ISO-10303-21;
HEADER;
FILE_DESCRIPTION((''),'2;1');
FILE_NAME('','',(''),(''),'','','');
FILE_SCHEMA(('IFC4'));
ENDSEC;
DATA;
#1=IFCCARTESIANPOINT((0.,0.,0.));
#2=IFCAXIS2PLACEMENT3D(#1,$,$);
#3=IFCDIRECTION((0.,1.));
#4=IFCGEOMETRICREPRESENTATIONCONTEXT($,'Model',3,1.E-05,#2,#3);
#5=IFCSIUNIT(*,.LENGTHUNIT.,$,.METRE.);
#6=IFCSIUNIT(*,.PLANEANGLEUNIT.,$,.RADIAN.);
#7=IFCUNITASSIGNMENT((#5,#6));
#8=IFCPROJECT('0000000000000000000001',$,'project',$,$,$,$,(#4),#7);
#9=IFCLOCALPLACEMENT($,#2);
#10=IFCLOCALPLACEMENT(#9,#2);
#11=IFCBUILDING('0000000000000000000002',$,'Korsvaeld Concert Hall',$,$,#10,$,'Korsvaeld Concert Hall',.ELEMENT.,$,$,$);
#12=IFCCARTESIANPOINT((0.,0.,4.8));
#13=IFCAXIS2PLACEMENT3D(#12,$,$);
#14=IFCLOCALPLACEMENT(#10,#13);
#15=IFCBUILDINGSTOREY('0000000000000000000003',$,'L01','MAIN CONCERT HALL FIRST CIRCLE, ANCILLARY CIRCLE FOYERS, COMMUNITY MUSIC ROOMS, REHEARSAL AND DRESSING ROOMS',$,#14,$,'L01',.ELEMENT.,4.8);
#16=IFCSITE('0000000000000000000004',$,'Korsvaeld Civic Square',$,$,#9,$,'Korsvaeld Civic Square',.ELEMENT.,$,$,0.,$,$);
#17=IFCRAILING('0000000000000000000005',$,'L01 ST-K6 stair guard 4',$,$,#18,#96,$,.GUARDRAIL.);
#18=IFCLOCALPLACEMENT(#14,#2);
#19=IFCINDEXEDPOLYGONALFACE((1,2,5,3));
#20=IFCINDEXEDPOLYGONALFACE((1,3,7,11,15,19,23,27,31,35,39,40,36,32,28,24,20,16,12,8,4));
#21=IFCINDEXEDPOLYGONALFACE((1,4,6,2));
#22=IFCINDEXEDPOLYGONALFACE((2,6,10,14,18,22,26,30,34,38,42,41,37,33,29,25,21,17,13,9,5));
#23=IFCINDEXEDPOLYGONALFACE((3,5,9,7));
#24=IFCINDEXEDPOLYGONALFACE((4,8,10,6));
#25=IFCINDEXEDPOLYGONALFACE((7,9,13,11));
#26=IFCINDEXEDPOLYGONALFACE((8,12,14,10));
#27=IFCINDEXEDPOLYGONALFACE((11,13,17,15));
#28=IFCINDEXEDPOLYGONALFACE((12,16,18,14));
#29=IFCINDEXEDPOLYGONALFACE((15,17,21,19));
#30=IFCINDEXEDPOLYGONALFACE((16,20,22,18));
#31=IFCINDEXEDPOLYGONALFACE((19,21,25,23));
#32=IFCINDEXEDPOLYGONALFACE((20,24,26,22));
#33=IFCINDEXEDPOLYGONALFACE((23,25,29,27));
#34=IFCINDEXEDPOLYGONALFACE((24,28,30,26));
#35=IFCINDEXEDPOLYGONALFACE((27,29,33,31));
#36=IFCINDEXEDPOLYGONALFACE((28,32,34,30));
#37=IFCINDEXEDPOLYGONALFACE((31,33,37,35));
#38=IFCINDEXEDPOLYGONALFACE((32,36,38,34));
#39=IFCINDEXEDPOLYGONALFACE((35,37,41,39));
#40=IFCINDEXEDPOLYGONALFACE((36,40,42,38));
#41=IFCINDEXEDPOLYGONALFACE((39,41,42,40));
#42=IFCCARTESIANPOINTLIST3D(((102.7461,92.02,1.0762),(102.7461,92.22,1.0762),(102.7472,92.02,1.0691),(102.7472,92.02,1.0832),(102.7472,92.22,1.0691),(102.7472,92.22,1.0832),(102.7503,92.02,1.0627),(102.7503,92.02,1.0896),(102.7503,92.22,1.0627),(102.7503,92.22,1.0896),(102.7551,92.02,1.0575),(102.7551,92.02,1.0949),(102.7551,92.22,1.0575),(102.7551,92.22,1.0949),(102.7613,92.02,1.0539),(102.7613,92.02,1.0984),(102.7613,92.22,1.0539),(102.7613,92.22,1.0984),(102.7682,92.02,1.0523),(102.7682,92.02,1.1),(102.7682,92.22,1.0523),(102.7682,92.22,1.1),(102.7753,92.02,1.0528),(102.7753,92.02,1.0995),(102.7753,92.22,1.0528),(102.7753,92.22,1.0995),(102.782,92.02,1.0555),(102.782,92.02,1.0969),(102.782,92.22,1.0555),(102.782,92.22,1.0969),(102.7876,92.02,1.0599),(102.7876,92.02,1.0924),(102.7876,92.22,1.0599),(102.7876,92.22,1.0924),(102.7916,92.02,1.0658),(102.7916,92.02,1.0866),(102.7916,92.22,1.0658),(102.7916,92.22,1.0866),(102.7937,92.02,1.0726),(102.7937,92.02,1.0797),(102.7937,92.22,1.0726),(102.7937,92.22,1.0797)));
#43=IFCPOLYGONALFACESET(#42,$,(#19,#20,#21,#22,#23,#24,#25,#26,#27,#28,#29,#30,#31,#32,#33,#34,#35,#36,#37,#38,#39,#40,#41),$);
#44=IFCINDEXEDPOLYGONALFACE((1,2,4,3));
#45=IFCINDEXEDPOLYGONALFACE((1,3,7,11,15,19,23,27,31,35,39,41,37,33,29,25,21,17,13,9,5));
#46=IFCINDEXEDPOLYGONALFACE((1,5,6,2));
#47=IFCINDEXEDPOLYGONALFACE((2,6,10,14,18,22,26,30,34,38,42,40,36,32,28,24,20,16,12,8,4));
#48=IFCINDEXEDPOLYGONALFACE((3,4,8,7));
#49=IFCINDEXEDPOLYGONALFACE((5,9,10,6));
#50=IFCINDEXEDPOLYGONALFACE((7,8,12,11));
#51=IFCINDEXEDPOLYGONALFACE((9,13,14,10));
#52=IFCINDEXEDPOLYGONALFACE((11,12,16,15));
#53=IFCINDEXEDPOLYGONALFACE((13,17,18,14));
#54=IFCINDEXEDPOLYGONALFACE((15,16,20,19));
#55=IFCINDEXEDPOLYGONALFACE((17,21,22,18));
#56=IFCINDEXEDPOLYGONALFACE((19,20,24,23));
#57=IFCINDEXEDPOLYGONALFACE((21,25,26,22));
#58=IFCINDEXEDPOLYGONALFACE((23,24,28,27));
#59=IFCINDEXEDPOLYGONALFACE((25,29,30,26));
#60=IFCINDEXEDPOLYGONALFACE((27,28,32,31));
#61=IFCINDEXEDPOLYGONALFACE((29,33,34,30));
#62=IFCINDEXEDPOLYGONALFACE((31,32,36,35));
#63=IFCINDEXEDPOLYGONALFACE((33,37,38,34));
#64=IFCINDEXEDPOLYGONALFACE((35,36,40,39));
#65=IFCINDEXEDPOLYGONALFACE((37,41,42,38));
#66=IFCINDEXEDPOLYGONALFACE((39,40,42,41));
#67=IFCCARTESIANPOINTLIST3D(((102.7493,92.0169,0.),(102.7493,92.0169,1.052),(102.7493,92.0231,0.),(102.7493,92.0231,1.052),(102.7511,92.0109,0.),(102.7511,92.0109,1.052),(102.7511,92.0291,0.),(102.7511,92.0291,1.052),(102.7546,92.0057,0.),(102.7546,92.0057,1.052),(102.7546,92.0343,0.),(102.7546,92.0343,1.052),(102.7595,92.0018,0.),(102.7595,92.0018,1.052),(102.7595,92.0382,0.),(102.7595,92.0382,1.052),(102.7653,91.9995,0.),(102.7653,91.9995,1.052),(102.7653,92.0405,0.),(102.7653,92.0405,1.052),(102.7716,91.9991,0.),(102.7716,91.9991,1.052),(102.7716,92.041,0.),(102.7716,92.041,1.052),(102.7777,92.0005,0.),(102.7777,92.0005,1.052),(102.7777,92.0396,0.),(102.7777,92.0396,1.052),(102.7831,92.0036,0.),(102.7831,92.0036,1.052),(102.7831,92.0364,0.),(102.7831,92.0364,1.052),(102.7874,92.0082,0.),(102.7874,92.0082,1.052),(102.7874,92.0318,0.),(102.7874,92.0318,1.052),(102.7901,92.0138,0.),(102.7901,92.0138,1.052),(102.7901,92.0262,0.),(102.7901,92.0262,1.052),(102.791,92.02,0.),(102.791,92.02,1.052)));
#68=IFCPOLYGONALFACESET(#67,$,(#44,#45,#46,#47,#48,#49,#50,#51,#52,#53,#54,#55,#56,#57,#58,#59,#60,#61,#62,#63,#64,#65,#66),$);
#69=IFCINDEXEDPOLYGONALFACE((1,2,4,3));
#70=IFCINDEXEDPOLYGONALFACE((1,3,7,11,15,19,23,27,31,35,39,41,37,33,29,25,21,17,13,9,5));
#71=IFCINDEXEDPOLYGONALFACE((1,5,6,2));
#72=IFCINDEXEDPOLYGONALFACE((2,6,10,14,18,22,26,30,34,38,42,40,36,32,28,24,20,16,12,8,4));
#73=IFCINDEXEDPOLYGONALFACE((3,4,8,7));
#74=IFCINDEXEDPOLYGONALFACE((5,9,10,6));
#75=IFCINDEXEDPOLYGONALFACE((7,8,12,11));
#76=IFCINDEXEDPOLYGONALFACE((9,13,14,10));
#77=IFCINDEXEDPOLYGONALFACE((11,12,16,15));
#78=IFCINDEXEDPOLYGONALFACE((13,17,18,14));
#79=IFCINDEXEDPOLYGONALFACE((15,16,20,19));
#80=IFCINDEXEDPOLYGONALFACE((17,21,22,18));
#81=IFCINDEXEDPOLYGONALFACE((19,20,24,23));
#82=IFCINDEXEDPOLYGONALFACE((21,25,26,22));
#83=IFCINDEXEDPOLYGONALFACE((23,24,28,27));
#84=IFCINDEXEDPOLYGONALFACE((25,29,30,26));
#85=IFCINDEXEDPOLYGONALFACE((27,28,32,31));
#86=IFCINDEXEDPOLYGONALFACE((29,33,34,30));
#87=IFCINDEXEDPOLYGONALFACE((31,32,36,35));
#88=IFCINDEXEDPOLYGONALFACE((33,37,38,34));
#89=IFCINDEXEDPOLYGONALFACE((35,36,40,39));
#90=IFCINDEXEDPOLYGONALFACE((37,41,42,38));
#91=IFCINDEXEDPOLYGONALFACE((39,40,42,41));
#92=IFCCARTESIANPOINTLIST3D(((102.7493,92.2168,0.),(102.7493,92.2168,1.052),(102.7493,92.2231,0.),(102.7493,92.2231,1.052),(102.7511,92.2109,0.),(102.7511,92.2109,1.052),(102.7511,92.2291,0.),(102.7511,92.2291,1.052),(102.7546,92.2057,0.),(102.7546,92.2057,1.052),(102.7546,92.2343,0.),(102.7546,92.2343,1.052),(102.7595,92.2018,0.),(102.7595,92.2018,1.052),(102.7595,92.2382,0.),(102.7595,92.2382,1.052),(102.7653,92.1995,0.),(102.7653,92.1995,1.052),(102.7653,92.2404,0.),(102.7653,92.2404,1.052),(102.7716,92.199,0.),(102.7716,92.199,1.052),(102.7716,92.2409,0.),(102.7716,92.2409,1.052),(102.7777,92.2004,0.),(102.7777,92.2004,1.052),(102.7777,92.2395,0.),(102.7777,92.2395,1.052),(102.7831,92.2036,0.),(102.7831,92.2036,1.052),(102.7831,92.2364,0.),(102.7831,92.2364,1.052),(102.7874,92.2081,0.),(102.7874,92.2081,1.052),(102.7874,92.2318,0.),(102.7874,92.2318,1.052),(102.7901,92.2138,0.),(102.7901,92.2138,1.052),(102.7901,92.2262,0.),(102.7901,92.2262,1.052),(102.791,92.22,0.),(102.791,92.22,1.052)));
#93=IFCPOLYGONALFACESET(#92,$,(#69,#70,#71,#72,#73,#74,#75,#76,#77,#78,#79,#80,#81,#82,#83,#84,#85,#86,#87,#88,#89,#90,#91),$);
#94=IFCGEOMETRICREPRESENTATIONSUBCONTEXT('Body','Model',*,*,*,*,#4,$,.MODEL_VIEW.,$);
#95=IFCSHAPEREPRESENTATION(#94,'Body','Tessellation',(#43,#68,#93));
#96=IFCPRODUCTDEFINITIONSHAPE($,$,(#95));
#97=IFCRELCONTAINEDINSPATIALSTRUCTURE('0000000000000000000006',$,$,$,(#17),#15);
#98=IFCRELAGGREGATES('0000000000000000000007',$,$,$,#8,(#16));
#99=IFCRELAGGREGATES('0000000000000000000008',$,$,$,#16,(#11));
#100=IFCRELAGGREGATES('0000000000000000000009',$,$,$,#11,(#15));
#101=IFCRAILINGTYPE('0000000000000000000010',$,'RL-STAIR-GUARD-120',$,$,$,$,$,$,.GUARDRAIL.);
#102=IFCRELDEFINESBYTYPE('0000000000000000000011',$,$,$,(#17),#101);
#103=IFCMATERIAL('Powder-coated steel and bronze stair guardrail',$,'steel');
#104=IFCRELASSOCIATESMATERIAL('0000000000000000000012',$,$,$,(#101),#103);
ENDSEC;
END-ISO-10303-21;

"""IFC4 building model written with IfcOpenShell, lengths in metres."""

from ifc_helpers import new_model, si_unit, direction, frame, origin, origin_2d, place, context, subcontext, project, spatial, circle, extrude, material, type_object, element, save


model = new_model("IFC4")

# Units and contexts
model_context = context("Model", 3, precision=1e-05, world=origin(), true_north=direction((0.0, 1.0)))
body_context = subcontext(model_context, "Body", "Model", "MODEL_VIEW")
ifc_project = project(units=[si_unit("LENGTHUNIT", "METRE"), si_unit("PLANEANGLEUNIT", "RADIAN")], contexts=[model_context])

# Site, building, storey
site_placement = place(None, origin())
site = spatial("IfcSite", under=ifc_project, at=site_placement, Name="Korsvaeld Civic Square", LongName="Korsvaeld Civic Square", CompositionType="ELEMENT", RefElevation=0.0)
building_placement = place(site_placement, origin())
building = spatial("IfcBuilding", under=site, at=building_placement, Name="Korsvaeld Concert Hall", LongName="Korsvaeld Concert Hall", CompositionType="ELEMENT")
storey_placement = place(building_placement, frame((0.0, 0.0, 4.8)))
storey = spatial("IfcBuildingStorey", under=building, at=storey_placement, Name="L01", Description="MAIN CONCERT HALL FIRST CIRCLE, ANCILLARY CIRCLE FOYERS, COMMUNITY MUSIC ROOMS, REHEARSAL AND DRESSING ROOMS", LongName="L01", CompositionType="ELEMENT", Elevation=4.8)

# Railing
ifc_material_1 = material(Name="Powder-coated steel and bronze stair guardrail", Category="steel")
railing_type_1 = type_object("IfcRailingType", Name="RL-STAIR-GUARD-120", PredefinedType="GUARDRAIL", material=ifc_material_1)
railing_1_placement = place(storey_placement, frame((102.77, 92.02, 0.0)))
element("IfcRailing", 1, at=railing_1_placement, inside=storey, type_object=railing_type_1, Name="L01 ST-K6 stair guard 4", PredefinedType="GUARDRAIL", context=body_context, shape_type="SweptSolid", body=[
    extrude(circle(Radius=0.0239, at=origin_2d()), frame((0.0, 0.0, 1.0762), z_axis=(0.0, 1.0, 0.0), x_axis=(-1.0, 0.0, 0.0)), (0.0, 0.0, 1.0), 0.2),
    extrude(circle(Radius=0.021, at=origin_2d()), origin(), (0.0, 0.0, 1.0), 1.052),
    extrude(circle(Radius=0.021, at=origin_2d()), frame((0.0, 0.2, 0.0)), (0.0, 0.0, 1.0), 1.052),
])

save(model, "model.ifc")
